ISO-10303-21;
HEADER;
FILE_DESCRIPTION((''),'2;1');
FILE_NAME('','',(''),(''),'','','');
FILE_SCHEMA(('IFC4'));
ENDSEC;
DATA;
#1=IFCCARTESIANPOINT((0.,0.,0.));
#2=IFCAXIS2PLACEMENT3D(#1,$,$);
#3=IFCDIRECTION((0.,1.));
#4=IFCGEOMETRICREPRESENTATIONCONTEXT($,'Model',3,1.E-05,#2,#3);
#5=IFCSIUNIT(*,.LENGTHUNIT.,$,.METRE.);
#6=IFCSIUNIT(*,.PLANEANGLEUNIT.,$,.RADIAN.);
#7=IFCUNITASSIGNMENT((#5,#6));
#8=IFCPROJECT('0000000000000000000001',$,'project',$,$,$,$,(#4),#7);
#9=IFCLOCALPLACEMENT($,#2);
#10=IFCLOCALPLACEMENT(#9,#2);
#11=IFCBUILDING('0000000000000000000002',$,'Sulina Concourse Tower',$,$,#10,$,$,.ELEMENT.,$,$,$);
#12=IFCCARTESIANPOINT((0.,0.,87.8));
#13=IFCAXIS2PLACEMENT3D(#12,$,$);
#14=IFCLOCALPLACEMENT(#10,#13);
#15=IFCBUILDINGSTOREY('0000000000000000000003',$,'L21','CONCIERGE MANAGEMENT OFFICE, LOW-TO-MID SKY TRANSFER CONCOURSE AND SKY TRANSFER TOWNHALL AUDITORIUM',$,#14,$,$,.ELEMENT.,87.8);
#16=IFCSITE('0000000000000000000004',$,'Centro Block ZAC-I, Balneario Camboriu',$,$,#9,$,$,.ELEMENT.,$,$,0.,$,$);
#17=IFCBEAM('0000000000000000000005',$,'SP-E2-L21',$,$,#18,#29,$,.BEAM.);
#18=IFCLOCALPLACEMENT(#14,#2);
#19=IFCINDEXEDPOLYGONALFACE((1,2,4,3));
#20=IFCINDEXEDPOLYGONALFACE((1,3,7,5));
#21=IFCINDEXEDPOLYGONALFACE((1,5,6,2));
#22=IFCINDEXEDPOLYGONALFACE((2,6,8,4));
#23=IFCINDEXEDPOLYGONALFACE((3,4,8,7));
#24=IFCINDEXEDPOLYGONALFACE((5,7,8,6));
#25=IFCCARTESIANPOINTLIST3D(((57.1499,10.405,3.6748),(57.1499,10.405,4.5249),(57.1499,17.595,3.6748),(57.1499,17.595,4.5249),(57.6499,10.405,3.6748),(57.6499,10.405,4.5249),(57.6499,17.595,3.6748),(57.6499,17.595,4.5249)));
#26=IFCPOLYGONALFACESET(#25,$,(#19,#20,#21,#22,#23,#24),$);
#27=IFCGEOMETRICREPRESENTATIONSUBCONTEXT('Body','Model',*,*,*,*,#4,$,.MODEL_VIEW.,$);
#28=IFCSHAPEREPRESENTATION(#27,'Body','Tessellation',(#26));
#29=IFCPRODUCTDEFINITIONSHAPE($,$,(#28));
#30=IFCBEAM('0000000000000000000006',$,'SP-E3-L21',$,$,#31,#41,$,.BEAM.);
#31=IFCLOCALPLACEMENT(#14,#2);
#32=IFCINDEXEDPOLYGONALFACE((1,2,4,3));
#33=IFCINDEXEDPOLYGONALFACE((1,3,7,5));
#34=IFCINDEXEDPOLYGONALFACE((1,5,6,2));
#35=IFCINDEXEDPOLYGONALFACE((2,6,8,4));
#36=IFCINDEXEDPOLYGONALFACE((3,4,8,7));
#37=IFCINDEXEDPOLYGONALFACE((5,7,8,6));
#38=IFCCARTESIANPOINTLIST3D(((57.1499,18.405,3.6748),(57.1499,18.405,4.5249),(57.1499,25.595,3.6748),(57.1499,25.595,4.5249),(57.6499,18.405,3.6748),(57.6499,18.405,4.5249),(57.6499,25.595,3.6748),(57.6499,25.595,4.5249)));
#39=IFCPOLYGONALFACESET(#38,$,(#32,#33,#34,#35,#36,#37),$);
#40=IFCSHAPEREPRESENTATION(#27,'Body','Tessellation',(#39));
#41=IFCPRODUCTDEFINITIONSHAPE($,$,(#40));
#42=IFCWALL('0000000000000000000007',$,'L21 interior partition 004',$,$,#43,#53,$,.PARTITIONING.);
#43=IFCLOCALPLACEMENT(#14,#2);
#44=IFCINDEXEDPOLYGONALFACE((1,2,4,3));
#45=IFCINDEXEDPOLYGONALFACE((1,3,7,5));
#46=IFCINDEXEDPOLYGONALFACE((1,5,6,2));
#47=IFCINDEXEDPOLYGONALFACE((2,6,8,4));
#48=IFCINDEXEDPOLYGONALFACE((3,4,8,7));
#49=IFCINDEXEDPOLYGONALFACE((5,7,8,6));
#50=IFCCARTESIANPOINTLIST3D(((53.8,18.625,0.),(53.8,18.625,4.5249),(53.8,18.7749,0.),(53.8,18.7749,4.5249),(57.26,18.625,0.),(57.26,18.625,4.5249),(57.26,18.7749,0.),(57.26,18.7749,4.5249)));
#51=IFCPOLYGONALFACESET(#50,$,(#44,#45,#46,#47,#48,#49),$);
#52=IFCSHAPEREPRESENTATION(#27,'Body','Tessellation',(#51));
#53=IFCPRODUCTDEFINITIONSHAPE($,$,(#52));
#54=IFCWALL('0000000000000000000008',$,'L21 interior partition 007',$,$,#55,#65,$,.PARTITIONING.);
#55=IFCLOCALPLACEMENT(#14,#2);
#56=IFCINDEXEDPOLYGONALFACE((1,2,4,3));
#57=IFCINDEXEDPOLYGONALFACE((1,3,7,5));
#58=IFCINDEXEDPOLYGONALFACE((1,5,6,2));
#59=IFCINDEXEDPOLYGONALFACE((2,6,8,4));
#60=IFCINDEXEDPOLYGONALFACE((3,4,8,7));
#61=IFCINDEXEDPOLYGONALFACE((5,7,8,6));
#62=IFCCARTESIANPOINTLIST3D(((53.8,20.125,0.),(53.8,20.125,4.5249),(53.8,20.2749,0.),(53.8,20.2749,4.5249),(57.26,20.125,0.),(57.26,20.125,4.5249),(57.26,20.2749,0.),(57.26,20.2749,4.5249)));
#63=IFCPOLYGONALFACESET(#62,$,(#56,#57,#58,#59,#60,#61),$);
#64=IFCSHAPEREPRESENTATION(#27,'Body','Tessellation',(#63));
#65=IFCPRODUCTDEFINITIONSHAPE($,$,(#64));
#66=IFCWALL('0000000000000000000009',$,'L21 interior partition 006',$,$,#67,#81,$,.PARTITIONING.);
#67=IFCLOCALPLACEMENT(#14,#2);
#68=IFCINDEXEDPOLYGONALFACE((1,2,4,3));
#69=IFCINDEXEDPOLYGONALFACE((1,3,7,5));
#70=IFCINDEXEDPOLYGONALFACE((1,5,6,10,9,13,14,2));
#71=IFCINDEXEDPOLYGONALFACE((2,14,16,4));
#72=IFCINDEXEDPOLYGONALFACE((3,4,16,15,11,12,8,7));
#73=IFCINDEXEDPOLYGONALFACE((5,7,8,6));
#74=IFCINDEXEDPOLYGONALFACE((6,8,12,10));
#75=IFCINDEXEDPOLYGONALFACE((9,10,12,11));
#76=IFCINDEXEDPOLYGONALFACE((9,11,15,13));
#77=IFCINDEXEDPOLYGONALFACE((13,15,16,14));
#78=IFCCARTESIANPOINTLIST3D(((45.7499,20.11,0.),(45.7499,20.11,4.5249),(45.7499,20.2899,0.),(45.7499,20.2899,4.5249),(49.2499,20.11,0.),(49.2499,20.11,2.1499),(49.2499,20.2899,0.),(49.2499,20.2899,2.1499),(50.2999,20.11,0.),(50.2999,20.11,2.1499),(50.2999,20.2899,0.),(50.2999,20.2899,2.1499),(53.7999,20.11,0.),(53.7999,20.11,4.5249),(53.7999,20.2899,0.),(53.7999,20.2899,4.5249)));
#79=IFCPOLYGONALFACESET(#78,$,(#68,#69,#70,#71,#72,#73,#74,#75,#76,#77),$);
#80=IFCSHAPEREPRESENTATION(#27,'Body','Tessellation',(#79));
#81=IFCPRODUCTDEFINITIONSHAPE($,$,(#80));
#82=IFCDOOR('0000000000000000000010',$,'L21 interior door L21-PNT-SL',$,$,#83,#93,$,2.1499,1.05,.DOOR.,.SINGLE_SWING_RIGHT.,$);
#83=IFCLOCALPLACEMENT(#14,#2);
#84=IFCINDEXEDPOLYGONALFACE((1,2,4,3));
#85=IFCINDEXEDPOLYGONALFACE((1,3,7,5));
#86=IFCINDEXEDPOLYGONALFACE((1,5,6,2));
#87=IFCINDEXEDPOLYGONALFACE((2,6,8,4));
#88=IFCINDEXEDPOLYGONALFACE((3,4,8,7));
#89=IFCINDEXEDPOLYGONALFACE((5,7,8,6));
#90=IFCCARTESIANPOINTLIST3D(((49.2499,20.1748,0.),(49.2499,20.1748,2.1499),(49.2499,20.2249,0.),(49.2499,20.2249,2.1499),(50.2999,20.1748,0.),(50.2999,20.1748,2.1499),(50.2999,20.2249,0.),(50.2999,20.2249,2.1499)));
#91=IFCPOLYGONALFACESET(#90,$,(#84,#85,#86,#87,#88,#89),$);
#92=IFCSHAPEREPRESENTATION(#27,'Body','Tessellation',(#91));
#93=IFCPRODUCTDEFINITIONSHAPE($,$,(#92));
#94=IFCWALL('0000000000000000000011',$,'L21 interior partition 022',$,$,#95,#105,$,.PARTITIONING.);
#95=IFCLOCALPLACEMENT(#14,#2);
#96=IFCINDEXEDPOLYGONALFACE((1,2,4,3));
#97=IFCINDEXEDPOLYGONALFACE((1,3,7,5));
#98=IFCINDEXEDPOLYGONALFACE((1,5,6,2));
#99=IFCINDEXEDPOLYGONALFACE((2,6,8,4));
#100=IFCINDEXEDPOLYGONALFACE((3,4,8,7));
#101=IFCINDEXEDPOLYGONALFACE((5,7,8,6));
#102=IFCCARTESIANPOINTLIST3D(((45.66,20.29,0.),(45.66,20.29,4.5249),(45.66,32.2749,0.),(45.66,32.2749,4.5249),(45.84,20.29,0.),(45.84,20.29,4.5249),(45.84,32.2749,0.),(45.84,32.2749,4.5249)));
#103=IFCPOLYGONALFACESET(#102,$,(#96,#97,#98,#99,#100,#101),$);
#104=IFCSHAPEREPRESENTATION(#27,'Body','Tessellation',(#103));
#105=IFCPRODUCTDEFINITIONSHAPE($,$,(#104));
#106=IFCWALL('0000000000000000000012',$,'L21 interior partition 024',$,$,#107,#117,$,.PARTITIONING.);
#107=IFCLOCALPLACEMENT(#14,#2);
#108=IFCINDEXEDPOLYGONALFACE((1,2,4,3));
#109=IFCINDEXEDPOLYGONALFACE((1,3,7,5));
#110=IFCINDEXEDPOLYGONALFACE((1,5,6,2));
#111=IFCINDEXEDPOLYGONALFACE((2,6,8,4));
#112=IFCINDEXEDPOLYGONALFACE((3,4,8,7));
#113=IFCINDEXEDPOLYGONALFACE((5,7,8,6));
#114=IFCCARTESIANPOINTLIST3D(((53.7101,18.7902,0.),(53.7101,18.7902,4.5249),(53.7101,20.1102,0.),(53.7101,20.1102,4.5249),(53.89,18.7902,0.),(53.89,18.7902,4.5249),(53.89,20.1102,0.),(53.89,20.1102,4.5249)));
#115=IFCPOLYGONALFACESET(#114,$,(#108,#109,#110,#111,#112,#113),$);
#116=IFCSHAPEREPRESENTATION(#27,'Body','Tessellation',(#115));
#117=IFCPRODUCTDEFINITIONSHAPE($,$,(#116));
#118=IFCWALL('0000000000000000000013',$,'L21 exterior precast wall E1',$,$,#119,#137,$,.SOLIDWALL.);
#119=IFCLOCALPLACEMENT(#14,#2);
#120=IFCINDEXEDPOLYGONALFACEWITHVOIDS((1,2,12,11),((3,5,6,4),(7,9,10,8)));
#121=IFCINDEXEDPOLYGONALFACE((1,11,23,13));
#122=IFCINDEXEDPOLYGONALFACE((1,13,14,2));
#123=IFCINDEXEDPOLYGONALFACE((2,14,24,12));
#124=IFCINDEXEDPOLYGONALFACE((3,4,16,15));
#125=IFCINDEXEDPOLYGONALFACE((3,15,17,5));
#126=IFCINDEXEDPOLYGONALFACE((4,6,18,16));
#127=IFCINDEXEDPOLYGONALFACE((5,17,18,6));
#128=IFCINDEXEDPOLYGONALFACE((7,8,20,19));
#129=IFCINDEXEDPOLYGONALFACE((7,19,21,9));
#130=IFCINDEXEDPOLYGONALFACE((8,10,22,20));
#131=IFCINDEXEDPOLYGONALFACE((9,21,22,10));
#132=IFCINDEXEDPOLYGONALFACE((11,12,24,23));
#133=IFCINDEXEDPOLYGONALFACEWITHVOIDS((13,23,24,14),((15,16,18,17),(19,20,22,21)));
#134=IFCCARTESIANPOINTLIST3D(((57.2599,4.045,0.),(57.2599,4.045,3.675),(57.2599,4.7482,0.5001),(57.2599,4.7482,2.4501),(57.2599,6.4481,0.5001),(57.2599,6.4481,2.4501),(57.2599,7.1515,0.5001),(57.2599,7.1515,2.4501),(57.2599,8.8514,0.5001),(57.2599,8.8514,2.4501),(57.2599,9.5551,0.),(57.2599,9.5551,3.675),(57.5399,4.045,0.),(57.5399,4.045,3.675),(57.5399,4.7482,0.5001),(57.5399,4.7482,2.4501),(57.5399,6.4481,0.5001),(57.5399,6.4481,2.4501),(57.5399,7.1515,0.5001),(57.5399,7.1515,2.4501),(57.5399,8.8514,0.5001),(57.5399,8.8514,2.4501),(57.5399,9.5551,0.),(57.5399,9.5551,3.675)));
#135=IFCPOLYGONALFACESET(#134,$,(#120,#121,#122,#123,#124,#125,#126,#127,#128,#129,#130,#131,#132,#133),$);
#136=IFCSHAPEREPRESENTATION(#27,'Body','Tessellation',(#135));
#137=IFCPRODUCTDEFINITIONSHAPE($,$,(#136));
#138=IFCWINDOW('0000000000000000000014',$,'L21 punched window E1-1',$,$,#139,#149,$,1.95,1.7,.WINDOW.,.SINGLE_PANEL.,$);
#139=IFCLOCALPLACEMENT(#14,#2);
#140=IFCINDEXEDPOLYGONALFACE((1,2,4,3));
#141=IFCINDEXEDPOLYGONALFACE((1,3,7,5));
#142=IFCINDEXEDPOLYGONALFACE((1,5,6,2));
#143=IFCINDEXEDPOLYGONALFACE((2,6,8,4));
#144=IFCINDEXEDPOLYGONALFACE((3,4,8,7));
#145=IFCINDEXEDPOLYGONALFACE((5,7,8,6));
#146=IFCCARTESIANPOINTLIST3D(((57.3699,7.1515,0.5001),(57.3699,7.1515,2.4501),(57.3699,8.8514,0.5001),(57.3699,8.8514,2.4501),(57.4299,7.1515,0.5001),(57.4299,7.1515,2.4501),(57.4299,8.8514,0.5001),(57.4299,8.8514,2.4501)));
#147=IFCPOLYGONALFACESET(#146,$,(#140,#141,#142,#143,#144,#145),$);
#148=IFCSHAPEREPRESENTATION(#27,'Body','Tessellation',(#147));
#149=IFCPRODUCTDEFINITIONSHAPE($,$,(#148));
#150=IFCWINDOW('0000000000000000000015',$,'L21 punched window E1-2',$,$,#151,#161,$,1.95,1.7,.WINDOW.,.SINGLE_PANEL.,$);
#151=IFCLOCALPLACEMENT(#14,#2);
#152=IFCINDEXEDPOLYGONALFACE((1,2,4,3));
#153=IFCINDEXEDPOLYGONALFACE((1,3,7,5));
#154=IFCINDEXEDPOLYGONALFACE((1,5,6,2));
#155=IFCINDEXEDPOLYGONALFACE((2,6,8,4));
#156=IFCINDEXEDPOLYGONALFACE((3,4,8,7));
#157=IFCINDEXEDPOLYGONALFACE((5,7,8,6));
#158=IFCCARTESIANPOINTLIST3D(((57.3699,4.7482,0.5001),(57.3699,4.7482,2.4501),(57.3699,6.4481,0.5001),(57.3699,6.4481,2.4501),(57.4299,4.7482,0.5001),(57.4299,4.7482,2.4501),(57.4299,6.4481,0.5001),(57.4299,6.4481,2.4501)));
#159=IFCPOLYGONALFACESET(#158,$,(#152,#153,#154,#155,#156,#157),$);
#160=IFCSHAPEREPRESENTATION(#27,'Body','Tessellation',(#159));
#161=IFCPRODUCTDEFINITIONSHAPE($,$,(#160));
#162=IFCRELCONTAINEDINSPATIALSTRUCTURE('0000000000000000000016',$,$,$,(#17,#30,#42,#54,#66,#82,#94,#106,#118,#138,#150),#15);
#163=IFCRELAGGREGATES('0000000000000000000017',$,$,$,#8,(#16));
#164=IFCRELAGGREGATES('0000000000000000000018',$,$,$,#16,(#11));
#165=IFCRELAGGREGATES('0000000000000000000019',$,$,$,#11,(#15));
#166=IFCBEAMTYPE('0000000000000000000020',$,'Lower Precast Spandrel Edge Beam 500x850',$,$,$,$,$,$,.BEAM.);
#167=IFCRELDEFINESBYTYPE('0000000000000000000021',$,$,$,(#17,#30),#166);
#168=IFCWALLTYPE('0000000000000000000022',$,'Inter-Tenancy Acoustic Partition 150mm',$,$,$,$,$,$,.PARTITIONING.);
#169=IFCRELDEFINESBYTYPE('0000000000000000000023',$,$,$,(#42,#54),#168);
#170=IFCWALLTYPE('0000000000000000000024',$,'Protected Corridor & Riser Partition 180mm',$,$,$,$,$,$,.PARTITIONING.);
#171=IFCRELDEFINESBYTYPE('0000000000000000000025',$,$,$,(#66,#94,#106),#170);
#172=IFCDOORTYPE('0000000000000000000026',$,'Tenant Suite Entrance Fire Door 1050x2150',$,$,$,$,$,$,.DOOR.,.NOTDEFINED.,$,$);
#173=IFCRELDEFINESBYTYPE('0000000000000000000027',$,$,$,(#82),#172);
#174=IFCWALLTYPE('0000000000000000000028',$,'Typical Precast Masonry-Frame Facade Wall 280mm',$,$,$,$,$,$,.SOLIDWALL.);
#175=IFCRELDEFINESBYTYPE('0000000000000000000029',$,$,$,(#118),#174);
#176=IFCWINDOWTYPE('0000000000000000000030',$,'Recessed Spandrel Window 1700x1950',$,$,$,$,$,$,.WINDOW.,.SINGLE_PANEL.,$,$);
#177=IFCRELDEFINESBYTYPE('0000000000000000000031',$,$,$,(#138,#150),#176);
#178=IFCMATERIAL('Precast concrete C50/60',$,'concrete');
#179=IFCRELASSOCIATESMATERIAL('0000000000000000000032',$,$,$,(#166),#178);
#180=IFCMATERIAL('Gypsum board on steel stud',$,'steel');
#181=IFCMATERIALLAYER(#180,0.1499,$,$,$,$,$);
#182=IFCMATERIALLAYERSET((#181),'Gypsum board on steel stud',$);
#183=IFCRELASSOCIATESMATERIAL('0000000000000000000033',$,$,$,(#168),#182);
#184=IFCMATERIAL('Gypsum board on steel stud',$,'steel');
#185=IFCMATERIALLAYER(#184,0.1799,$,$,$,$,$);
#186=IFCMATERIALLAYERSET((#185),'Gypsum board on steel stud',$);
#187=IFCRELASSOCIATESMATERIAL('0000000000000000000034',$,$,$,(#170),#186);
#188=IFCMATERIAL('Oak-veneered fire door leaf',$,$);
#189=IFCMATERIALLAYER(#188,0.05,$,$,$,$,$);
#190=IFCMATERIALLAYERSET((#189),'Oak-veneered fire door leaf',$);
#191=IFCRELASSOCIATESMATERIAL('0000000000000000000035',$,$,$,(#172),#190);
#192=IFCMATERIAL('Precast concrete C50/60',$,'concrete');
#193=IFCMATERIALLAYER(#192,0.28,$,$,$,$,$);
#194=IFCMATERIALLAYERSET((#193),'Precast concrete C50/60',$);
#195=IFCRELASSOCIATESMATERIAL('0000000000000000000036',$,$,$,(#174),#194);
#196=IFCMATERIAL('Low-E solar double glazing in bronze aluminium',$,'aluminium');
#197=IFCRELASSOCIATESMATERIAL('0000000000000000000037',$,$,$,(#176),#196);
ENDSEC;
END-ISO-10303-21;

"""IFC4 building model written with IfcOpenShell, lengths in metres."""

from ifc_helpers import new_model, si_unit, direction, frame, frame_2d, origin, origin_2d, place, context, subcontext, project, spatial, rectangle, extrude, material, layer, layer_set, material_profile, profile_set, type_object, element, fill, save


model = new_model("IFC4")

# Units and contexts
model_context = context("Model", 3, precision=1e-05, world=origin(), true_north=direction((0.0, 1.0)))
body_context = subcontext(model_context, "Body", "Model", "MODEL_VIEW")
ifc_project = project(units=[si_unit("LENGTHUNIT", "METRE"), si_unit("PLANEANGLEUNIT", "RADIAN")], contexts=[model_context])

# Site, building, storey
site_placement = place(None, origin())
site = spatial("IfcSite", under=ifc_project, at=site_placement, Name="Centro Block ZAC-I, Balneario Camboriu", CompositionType="ELEMENT", RefElevation=0.0)
building_placement = place(site_placement, origin())
building = spatial("IfcBuilding", under=site, at=building_placement, Name="Sulina Concourse Tower", CompositionType="ELEMENT")
storey_placement = place(building_placement, frame((0.0, 0.0, 87.8)))
storey = spatial("IfcBuildingStorey", under=building, at=storey_placement, Name="L21", Description="CONCIERGE MANAGEMENT OFFICE, LOW-TO-MID SKY TRANSFER CONCOURSE AND SKY TRANSFER TOWNHALL AUDITORIUM", CompositionType="ELEMENT", Elevation=87.8)

# Beams
ifc_material_1 = material(Name="Precast concrete C50/60", Category="concrete")
ifc_material_profile_1 = material_profile(ifc_material_1, rectangle(XDim=0.5, YDim=0.8501, at=origin_2d()), Name="RC 500x850")
ifc_profile_set_1 = profile_set([ifc_material_profile_1], Name="Precast concrete C50/60")
beam_type_1 = type_object("IfcBeamType", Name="Lower Precast Spandrel Edge Beam 500x850", PredefinedType="BEAM", material=ifc_profile_set_1)
for number, where, z_axis, x_axis, name in (
    (1, (57.3999, 10.405, 4.0999), (0.0, 1.0, 0.0), (-1.0, 0.0, 0.0), "SP-E2-L21"),
    (2, (57.3999, 18.405, 4.0999), (0.0, 1.0, 0.0), (-1.0, 0.0, 0.0), "SP-E3-L21"),
):
    element("IfcBeam", number, at=place(storey_placement, frame(where, z_axis=z_axis, x_axis=x_axis)), inside=storey, type_object=beam_type_1, Name=name, PredefinedType="BEAM", context=body_context, shape_type="SweptSolid", body=[
        extrude(rectangle(XDim=0.5, YDim=0.8501, at=origin_2d()), origin(), (0.0, 0.0, 1.0), 7.1899),
    ])

# Walls
ifc_material_2 = material(Name="Gypsum board on steel stud", Category="steel")
ifc_layer_1 = layer(ifc_material_2, 0.1499)
ifc_layer_set_1 = layer_set([ifc_layer_1], Name="Gypsum board on steel stud")
wall_type_1 = type_object("IfcWallType", Name="Inter-Tenancy Acoustic Partition 150mm", PredefinedType="PARTITIONING", material=ifc_layer_set_1)
for number, where, z_axis, x_axis, name in (
    (3, (53.8, 18.7, 0.0), (0.0, 0.0, 1.0), (1.0, 0.0, 0.0), "L21 interior partition 004"),
    (4, (53.8, 20.2, 0.0), (0.0, 0.0, 1.0), (1.0, 0.0, 0.0), "L21 interior partition 007"),
):
    element("IfcWall", number, at=place(storey_placement, frame(where, z_axis=z_axis, x_axis=x_axis)), inside=storey, type_object=wall_type_1, Name=name, PredefinedType="PARTITIONING", context=body_context, shape_type="SweptSolid", body=[
        extrude(rectangle(XDim=3.46, YDim=0.1499, at=frame_2d((1.73, 0.0))), origin(), (0.0, 0.0, 1.0), 4.5249),
    ])

# Wall, opening, door
ifc_material_3 = material(Name="Gypsum board on steel stud", Category="steel")
ifc_layer_2 = layer(ifc_material_3, 0.1799)
ifc_layer_set_2 = layer_set([ifc_layer_2], Name="Gypsum board on steel stud")
wall_type_2 = type_object("IfcWallType", Name="Protected Corridor & Riser Partition 180mm", PredefinedType="PARTITIONING", material=ifc_layer_set_2)
wall_1_placement = place(storey_placement, frame((45.75, 20.2, 0.0), z_axis=(0.0, 0.0, 1.0), x_axis=(1.0, 0.0, 0.0)))
wall_1 = element("IfcWall", 5, at=wall_1_placement, inside=storey, type_object=wall_type_2, Name="L21 interior partition 006", PredefinedType="PARTITIONING", context=body_context, shape_type="SweptSolid", body=[
    extrude(rectangle(XDim=8.05, YDim=0.1799, at=frame_2d((4.0249, 0.0))), origin(), (0.0, 0.0, 1.0), 4.5249),
])
opening_1_placement = place(wall_1_placement, frame((3.5, 0.0, 0.0)))
opening_1 = element("IfcOpeningElement", 6, at=opening_1_placement, cuts=wall_1, PredefinedType="OPENING", context=body_context, shape_type="SweptSolid", body=[
    extrude(rectangle(XDim=1.05, YDim=2.1499, at=frame_2d((0.5249, 1.075))), frame((0.0, 0.0999, 0.0), z_axis=(0.0, -1.0, 0.0), x_axis=(1.0, 0.0, 0.0)), (0.0, 0.0, 1.0), 0.2),
])
ifc_material_4 = material(Name="Oak-veneered fire door leaf")
ifc_layer_3 = layer(ifc_material_4, 0.05)
ifc_layer_set_3 = layer_set([ifc_layer_3], Name="Oak-veneered fire door leaf")
door_type = type_object("IfcDoorType", Name="Tenant Suite Entrance Fire Door 1050x2150", OperationType="NOTDEFINED", PredefinedType="DOOR", material=ifc_layer_set_3)
door_placement = place(opening_1_placement, origin())
door = element("IfcDoor", 7, at=door_placement, inside=storey, type_object=door_type, Name="L21 interior door L21-PNT-SL", OperationType="SINGLE_SWING_RIGHT", OverallHeight=2.1499, OverallWidth=1.05, PredefinedType="DOOR", context=body_context, shape_type="SweptSolid", body=[
    extrude(rectangle(XDim=1.05, YDim=2.1499, at=frame_2d((0.5249, 1.075))), frame((0.0, 0.0249, 0.0), z_axis=(0.0, -1.0, 0.0), x_axis=(1.0, 0.0, 0.0)), (0.0, 0.0, 1.0), 0.05),
])
fill(opening_1, door)

# Walls
wall_2_placement = place(storey_placement, frame((45.75, 20.29, 0.0), z_axis=(0.0, 0.0, 1.0), x_axis=(0.0, 1.0, 0.0)))
element("IfcWall", 8, at=wall_2_placement, inside=storey, type_object=wall_type_2, Name="L21 interior partition 022", PredefinedType="PARTITIONING", context=body_context, shape_type="SweptSolid", body=[
    extrude(rectangle(XDim=11.9849, YDim=0.1799, at=frame_2d((5.9924, 0.0))), origin(), (0.0, 0.0, 1.0), 4.5249),
])
wall_3_placement = place(storey_placement, frame((53.8, 18.79, 0.0), z_axis=(0.0, 0.0, 1.0), x_axis=(0.0, 1.0, 0.0)))
element("IfcWall", 9, at=wall_3_placement, inside=storey, type_object=wall_type_2, Name="L21 interior partition 024", PredefinedType="PARTITIONING", context=body_context, shape_type="SweptSolid", body=[
    extrude(rectangle(XDim=1.3201, YDim=0.1799, at=frame_2d((0.6602, 0.0))), origin(), (0.0, 0.0, 1.0), 4.5249),
])

# Wall, openings, windows
ifc_material_5 = material(Name="Precast concrete C50/60", Category="concrete")
ifc_layer_4 = layer(ifc_material_5, 0.28)
ifc_layer_set_4 = layer_set([ifc_layer_4], Name="Precast concrete C50/60")
wall_type_3 = type_object("IfcWallType", Name="Typical Precast Masonry-Frame Facade Wall 280mm", PredefinedType="SOLIDWALL", material=ifc_layer_set_4)
wall_4_placement = place(storey_placement, frame((57.3999, 9.5549, 0.0), z_axis=(0.0, 0.0, 1.0), x_axis=(0.0, -1.0, 0.0)))
wall_4 = element("IfcWall", 10, at=wall_4_placement, inside=storey, type_object=wall_type_3, Name="L21 exterior precast wall E1", PredefinedType="SOLIDWALL", context=body_context, shape_type="SweptSolid", body=[
    extrude(rectangle(XDim=5.51, YDim=0.28, at=frame_2d((2.7549, 0.0))), origin(), (0.0, 0.0, 1.0), 3.675),
])
opening_2_placement = place(wall_4_placement, frame((0.7034, 0.0, 0.5)))
opening_2 = element("IfcOpeningElement", 11, at=opening_2_placement, cuts=wall_4, PredefinedType="OPENING", context=body_context, shape_type="SweptSolid", body=[
    extrude(rectangle(XDim=1.7, YDim=1.95, at=frame_2d((0.8501, 0.9751))), frame((0.0, 0.1499, 0.0), z_axis=(0.0, -1.0, 0.0), x_axis=(1.0, 0.0, 0.0)), (0.0, 0.0, 1.0), 0.3),
])
opening_3_placement = place(wall_4_placement, frame((3.1067, 0.0, 0.5)))
opening_3 = element("IfcOpeningElement", 12, at=opening_3_placement, cuts=wall_4, PredefinedType="OPENING", context=body_context, shape_type="SweptSolid", body=[
    extrude(rectangle(XDim=1.7, YDim=1.95, at=frame_2d((0.8501, 0.9751))), frame((0.0, 0.1499, 0.0), z_axis=(0.0, -1.0, 0.0), x_axis=(1.0, 0.0, 0.0)), (0.0, 0.0, 1.0), 0.3),
])
ifc_material_6 = material(Name="Low-E solar double glazing in bronze aluminium", Category="aluminium")
window_type = type_object("IfcWindowType", Name="Recessed Spandrel Window 1700x1950", PartitioningType="SINGLE_PANEL", PredefinedType="WINDOW", material=ifc_material_6)
window_1_placement = place(opening_2_placement, origin())
window_1 = element("IfcWindow", 13, at=window_1_placement, inside=storey, type_object=window_type, Name="L21 punched window E1-1", OverallHeight=1.95, OverallWidth=1.7, PartitioningType="SINGLE_PANEL", PredefinedType="WINDOW", context=body_context, shape_type="SweptSolid", body=[
    extrude(rectangle(XDim=1.7, YDim=1.95, at=frame_2d((0.8501, 0.9751))), frame((0.0, 0.03, 0.0), z_axis=(0.0, -1.0, 0.0), x_axis=(1.0, 0.0, 0.0)), (0.0, 0.0, 1.0), 0.0601),
])
fill(opening_2, window_1)
window_2_placement = place(opening_3_placement, origin())
window_2 = element("IfcWindow", 14, at=window_2_placement, inside=storey, type_object=window_type, Name="L21 punched window E1-2", OverallHeight=1.95, OverallWidth=1.7, PartitioningType="SINGLE_PANEL", PredefinedType="WINDOW", context=body_context, shape_type="SweptSolid", body=[
    extrude(rectangle(XDim=1.7, YDim=1.95, at=frame_2d((0.8501, 0.9751))), frame((0.0, 0.03, 0.0), z_axis=(0.0, -1.0, 0.0), x_axis=(1.0, 0.0, 0.0)), (0.0, 0.0, 1.0), 0.0601),
])
fill(opening_3, window_2)

save(model, "model.ifc")
